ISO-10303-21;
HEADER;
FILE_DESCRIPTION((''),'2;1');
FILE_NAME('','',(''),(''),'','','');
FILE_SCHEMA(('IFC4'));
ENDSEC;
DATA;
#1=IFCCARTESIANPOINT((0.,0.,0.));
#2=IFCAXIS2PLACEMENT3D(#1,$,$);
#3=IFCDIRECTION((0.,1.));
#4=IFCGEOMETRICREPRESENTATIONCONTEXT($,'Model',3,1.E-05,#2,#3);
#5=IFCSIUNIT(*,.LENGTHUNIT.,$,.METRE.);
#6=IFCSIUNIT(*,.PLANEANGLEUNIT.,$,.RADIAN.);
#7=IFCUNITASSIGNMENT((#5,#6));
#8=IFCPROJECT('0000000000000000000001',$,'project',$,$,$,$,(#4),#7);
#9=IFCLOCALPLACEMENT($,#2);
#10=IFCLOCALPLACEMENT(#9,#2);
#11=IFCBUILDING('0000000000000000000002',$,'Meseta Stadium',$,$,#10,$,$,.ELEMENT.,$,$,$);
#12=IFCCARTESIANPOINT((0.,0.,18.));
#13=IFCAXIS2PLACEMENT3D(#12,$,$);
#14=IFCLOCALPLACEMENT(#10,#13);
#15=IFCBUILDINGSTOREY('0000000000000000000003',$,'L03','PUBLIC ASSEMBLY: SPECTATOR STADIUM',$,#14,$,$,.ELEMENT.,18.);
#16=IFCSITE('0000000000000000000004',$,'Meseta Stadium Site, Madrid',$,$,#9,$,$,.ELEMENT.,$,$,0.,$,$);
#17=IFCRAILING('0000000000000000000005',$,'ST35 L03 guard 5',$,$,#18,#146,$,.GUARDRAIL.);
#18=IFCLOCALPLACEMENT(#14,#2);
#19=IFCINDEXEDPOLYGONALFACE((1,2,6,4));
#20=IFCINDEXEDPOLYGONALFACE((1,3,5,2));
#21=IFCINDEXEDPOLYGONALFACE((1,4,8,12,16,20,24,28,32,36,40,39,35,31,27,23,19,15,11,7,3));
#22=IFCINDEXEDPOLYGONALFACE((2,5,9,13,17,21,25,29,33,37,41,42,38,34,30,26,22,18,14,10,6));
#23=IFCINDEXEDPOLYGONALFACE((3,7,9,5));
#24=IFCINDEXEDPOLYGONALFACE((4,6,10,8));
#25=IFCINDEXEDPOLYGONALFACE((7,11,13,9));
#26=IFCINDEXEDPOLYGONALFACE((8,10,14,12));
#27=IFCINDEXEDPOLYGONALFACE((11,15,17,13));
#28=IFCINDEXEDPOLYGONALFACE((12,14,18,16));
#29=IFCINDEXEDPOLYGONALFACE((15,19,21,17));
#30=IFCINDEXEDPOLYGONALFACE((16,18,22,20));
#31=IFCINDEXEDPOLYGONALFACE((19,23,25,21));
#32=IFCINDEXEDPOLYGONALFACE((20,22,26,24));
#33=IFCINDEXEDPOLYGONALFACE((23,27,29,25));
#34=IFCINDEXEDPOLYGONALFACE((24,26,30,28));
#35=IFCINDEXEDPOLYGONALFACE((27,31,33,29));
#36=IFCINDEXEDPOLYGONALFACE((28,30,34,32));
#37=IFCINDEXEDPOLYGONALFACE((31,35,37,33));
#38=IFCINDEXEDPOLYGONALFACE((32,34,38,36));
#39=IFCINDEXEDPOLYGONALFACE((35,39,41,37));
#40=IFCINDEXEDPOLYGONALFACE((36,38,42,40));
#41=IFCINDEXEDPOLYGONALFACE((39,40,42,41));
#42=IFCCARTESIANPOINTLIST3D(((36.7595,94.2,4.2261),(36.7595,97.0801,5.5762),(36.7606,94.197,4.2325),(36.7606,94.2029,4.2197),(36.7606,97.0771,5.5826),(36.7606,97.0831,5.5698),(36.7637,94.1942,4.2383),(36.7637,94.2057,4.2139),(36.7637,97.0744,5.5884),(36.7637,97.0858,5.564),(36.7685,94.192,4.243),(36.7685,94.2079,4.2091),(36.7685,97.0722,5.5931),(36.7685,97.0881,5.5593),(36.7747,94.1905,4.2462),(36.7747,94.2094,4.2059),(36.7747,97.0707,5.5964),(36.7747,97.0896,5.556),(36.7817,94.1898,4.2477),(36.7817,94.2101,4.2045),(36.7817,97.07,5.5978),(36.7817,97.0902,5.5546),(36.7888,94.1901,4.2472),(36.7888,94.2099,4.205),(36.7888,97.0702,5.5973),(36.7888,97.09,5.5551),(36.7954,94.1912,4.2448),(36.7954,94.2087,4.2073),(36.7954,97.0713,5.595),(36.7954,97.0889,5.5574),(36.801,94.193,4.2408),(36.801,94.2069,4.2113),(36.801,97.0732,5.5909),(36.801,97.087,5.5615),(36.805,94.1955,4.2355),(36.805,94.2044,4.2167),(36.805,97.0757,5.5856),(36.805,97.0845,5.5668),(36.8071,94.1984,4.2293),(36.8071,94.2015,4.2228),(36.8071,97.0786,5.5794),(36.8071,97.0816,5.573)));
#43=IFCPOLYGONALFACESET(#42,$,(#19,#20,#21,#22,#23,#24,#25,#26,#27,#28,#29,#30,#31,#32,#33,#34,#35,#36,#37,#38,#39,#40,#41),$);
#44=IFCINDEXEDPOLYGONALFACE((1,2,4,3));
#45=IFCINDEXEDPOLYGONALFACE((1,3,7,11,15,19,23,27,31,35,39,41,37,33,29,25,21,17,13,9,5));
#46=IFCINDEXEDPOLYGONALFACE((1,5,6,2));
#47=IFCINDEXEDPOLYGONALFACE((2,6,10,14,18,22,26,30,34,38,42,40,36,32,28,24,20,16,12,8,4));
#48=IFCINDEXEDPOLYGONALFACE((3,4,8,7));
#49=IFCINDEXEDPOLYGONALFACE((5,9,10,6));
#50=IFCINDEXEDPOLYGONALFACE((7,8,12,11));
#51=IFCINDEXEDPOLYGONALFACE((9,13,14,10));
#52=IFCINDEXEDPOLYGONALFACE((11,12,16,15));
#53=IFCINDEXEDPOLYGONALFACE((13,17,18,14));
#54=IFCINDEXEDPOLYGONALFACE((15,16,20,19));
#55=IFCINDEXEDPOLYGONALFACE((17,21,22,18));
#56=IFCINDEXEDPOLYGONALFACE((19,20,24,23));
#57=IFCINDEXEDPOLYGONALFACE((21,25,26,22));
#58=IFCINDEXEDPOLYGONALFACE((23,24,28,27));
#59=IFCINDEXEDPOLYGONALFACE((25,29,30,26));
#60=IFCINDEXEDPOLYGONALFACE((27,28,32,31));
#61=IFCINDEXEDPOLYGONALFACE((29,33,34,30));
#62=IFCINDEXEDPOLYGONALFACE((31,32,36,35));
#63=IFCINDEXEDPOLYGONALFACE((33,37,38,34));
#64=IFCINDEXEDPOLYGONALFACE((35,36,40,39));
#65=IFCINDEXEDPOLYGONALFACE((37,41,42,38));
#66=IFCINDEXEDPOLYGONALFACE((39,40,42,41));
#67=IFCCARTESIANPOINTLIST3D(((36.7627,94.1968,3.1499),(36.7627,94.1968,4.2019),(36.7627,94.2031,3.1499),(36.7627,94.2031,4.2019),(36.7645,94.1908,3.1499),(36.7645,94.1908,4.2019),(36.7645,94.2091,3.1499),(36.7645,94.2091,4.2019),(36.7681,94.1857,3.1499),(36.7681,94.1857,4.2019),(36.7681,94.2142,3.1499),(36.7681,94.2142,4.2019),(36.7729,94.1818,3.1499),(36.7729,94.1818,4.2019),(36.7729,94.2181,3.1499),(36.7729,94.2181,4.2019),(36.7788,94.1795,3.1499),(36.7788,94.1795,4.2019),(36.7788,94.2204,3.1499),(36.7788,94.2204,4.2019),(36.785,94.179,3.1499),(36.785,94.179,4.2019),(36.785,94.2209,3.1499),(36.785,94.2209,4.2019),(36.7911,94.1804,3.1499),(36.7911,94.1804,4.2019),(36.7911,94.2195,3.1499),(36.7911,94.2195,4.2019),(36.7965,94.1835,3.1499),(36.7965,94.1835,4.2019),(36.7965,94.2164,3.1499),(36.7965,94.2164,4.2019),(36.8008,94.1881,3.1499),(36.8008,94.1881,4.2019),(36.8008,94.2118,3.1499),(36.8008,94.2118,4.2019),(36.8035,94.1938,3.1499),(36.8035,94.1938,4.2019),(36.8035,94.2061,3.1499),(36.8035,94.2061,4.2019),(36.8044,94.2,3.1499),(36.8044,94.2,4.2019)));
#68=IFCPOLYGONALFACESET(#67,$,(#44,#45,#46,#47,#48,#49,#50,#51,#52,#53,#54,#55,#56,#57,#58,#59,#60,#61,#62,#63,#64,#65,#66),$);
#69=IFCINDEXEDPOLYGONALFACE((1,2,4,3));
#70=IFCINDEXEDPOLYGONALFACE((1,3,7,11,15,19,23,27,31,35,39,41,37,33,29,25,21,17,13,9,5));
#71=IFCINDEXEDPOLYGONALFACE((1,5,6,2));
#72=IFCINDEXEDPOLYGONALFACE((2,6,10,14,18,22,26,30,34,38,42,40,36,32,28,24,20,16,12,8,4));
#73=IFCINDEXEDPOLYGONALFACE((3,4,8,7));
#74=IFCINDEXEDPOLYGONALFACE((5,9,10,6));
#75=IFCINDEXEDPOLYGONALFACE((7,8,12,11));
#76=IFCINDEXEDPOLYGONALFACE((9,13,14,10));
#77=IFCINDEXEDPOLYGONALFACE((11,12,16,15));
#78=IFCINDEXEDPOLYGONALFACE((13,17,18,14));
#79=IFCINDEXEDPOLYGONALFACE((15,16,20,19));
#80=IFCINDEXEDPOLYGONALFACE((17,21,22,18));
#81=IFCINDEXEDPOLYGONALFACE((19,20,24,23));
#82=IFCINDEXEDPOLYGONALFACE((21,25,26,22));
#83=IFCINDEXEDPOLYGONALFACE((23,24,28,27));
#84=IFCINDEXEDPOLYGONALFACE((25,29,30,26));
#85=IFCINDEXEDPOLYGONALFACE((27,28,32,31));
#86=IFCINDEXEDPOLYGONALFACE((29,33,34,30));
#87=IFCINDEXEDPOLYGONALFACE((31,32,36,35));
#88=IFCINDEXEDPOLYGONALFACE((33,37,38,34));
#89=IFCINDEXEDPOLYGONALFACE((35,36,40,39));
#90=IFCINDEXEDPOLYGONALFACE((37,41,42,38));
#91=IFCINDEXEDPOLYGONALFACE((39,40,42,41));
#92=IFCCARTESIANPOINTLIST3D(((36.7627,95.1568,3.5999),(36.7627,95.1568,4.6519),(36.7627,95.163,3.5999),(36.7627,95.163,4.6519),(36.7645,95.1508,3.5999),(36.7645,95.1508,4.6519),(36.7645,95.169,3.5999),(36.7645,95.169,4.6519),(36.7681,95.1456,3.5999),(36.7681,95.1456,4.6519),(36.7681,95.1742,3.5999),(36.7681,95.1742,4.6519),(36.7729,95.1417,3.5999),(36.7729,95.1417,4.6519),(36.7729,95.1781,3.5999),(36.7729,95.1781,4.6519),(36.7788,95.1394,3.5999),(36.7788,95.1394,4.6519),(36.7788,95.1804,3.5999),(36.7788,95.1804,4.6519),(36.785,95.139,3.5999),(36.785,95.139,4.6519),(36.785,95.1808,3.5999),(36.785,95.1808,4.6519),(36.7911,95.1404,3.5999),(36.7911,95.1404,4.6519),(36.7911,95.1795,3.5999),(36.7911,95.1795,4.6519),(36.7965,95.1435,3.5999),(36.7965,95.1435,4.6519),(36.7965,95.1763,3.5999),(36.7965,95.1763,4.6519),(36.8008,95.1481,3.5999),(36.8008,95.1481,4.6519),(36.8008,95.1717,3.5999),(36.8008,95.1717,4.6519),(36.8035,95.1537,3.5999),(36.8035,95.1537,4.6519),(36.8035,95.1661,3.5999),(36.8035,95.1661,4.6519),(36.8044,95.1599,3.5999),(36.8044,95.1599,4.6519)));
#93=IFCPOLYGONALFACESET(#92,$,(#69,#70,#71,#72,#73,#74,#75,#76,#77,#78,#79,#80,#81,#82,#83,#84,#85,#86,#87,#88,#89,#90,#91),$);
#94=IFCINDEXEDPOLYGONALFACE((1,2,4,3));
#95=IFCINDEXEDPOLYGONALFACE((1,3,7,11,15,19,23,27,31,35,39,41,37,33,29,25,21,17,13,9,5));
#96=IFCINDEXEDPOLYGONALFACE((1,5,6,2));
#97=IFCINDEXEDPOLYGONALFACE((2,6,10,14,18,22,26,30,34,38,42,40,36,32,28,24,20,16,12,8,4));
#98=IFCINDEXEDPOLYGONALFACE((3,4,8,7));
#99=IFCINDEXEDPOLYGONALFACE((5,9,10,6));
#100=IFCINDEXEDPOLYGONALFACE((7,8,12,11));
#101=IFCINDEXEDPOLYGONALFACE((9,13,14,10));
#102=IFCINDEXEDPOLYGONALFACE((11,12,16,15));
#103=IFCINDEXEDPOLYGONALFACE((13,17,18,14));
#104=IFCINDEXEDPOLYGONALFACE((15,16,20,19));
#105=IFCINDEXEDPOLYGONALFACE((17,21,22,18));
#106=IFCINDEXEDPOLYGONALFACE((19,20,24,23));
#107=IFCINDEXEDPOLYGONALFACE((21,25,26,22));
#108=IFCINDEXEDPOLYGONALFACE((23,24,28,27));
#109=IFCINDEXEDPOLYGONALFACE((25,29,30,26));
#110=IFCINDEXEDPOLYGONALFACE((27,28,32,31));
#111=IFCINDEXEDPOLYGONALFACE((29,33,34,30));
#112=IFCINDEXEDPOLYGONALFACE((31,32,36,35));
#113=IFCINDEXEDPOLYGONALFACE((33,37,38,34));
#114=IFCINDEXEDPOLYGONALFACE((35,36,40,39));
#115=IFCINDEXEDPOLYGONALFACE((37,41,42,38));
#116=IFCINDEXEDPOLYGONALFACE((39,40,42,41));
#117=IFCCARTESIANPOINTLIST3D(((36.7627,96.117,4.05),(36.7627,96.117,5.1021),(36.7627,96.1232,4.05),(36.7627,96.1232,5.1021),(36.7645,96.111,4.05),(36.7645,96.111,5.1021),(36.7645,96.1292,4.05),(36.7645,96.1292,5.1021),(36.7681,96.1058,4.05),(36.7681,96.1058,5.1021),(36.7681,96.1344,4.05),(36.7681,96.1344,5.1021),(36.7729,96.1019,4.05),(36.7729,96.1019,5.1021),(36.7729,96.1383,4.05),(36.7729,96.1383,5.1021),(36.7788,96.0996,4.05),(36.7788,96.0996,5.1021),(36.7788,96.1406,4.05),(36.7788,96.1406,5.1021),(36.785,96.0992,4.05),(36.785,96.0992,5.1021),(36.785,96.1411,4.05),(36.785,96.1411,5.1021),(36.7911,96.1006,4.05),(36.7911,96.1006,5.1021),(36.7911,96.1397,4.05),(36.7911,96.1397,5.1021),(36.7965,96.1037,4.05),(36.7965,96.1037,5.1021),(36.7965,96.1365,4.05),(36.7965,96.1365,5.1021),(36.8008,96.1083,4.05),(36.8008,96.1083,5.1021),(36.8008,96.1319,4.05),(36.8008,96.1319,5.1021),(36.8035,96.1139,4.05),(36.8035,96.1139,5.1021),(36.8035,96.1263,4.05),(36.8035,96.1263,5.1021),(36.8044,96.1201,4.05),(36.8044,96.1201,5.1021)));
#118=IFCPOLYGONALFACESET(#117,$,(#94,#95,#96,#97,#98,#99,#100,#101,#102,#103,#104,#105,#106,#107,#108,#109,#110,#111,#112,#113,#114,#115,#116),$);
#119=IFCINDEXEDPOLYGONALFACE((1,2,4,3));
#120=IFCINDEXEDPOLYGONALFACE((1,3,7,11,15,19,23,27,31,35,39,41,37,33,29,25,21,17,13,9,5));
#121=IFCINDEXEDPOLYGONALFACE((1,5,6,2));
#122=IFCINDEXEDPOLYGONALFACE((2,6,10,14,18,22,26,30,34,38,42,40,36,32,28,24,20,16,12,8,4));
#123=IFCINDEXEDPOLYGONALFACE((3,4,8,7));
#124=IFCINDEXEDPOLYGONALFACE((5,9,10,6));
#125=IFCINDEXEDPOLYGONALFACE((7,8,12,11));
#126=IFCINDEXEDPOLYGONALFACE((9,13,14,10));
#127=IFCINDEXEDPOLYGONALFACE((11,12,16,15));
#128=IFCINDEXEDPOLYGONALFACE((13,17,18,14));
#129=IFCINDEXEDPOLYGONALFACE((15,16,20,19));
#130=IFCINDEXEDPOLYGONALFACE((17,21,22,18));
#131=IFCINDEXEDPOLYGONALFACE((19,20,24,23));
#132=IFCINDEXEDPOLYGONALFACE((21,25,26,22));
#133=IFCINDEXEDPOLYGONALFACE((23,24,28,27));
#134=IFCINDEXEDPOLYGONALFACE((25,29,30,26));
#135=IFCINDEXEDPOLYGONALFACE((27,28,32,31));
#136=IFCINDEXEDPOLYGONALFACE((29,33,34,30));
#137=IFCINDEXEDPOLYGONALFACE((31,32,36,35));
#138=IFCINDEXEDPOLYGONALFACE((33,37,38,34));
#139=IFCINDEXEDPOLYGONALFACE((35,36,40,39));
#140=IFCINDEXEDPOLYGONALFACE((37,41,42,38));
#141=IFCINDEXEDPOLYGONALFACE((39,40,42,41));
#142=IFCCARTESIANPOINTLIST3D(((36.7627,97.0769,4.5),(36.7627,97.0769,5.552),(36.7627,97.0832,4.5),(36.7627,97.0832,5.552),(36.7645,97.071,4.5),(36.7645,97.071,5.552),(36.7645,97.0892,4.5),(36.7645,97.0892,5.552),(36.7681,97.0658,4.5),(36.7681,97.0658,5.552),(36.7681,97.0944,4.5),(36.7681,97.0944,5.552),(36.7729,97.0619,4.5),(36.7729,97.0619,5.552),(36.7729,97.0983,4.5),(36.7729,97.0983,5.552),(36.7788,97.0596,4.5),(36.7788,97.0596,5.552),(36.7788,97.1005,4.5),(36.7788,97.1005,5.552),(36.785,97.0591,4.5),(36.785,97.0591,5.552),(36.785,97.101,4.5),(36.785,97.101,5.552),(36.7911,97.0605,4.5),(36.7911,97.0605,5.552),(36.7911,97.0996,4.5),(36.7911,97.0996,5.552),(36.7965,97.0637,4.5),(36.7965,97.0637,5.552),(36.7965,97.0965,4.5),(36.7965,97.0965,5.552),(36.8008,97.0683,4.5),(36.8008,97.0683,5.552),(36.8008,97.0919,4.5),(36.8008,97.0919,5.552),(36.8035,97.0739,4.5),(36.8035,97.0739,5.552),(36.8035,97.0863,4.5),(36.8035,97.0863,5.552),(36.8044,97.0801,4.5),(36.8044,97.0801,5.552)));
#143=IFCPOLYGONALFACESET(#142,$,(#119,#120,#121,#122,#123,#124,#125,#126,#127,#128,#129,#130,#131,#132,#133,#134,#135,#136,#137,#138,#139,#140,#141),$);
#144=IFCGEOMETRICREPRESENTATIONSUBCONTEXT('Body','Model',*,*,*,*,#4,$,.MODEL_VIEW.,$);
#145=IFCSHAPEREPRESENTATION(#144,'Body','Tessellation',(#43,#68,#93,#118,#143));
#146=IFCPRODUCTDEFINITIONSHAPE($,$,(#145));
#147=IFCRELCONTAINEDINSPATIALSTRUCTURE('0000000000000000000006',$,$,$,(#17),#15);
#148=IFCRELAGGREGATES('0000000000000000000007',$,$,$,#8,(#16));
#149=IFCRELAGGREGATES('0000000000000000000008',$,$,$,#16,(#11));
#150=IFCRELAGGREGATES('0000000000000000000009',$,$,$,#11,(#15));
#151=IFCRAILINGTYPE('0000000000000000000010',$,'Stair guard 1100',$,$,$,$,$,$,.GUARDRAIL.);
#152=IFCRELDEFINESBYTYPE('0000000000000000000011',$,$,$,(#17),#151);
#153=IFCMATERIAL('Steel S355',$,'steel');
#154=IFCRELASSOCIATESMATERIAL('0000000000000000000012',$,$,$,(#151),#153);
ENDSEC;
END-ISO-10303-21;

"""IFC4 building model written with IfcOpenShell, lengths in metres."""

from ifc_helpers import new_model, si_unit, direction, frame, origin, origin_2d, place, context, subcontext, project, spatial, circle, extrude, material, type_object, element, save


model = new_model("IFC4")

# Units and contexts
model_context = context("Model", 3, precision=1e-05, world=origin(), true_north=direction((0.0, 1.0)))
body_context = subcontext(model_context, "Body", "Model", "MODEL_VIEW")
ifc_project = project(units=[si_unit("LENGTHUNIT", "METRE"), si_unit("PLANEANGLEUNIT", "RADIAN")], contexts=[model_context])

# Site, building, storey
site_placement = place(None, origin())
site = spatial("IfcSite", under=ifc_project, at=site_placement, Name="Meseta Stadium Site, Madrid", CompositionType="ELEMENT", RefElevation=0.0)
building_placement = place(site_placement, origin())
building = spatial("IfcBuilding", under=site, at=building_placement, Name="Meseta Stadium", CompositionType="ELEMENT")
storey_placement = place(building_placement, frame((0.0, 0.0, 18.0)))
storey = spatial("IfcBuildingStorey", under=building, at=storey_placement, Name="L03", Description="PUBLIC ASSEMBLY: SPECTATOR STADIUM", CompositionType="ELEMENT", Elevation=18.0)

# Railing
ifc_material_1 = material(Name="Steel S355", Category="steel")
railing_type_1 = type_object("IfcRailingType", Name="Stair guard 1100", PredefinedType="GUARDRAIL", material=ifc_material_1)
railing_1_placement = place(storey_placement, frame((36.7834, 94.2, 3.1499)))
element("IfcRailing", 1, at=railing_1_placement, inside=storey, type_object=railing_type_1, Name="ST35 L03 guard 5", PredefinedType="GUARDRAIL", context=body_context, shape_type="SweptSolid", body=[
    extrude(circle(Radius=0.0239, at=origin_2d()), frame((0.0, 0.0, 1.0762), z_axis=(0.0, 0.905454, 0.424444), x_axis=(-1.0, 0.0, 0.0)), (0.0, 0.0, 1.0), 3.1809),
    extrude(circle(Radius=0.021, at=origin_2d()), origin(), (0.0, 0.0, 1.0), 1.052),
    extrude(circle(Radius=0.021, at=origin_2d()), frame((0.0, 0.96, 0.45)), (0.0, 0.0, 1.0), 1.052),
    extrude(circle(Radius=0.021, at=origin_2d()), frame((0.0, 1.9202, 0.9001)), (0.0, 0.0, 1.0), 1.052),
    extrude(circle(Radius=0.021, at=origin_2d()), frame((0.0, 2.8801, 1.3501)), (0.0, 0.0, 1.0), 1.052),
])

save(model, "model.ifc")
